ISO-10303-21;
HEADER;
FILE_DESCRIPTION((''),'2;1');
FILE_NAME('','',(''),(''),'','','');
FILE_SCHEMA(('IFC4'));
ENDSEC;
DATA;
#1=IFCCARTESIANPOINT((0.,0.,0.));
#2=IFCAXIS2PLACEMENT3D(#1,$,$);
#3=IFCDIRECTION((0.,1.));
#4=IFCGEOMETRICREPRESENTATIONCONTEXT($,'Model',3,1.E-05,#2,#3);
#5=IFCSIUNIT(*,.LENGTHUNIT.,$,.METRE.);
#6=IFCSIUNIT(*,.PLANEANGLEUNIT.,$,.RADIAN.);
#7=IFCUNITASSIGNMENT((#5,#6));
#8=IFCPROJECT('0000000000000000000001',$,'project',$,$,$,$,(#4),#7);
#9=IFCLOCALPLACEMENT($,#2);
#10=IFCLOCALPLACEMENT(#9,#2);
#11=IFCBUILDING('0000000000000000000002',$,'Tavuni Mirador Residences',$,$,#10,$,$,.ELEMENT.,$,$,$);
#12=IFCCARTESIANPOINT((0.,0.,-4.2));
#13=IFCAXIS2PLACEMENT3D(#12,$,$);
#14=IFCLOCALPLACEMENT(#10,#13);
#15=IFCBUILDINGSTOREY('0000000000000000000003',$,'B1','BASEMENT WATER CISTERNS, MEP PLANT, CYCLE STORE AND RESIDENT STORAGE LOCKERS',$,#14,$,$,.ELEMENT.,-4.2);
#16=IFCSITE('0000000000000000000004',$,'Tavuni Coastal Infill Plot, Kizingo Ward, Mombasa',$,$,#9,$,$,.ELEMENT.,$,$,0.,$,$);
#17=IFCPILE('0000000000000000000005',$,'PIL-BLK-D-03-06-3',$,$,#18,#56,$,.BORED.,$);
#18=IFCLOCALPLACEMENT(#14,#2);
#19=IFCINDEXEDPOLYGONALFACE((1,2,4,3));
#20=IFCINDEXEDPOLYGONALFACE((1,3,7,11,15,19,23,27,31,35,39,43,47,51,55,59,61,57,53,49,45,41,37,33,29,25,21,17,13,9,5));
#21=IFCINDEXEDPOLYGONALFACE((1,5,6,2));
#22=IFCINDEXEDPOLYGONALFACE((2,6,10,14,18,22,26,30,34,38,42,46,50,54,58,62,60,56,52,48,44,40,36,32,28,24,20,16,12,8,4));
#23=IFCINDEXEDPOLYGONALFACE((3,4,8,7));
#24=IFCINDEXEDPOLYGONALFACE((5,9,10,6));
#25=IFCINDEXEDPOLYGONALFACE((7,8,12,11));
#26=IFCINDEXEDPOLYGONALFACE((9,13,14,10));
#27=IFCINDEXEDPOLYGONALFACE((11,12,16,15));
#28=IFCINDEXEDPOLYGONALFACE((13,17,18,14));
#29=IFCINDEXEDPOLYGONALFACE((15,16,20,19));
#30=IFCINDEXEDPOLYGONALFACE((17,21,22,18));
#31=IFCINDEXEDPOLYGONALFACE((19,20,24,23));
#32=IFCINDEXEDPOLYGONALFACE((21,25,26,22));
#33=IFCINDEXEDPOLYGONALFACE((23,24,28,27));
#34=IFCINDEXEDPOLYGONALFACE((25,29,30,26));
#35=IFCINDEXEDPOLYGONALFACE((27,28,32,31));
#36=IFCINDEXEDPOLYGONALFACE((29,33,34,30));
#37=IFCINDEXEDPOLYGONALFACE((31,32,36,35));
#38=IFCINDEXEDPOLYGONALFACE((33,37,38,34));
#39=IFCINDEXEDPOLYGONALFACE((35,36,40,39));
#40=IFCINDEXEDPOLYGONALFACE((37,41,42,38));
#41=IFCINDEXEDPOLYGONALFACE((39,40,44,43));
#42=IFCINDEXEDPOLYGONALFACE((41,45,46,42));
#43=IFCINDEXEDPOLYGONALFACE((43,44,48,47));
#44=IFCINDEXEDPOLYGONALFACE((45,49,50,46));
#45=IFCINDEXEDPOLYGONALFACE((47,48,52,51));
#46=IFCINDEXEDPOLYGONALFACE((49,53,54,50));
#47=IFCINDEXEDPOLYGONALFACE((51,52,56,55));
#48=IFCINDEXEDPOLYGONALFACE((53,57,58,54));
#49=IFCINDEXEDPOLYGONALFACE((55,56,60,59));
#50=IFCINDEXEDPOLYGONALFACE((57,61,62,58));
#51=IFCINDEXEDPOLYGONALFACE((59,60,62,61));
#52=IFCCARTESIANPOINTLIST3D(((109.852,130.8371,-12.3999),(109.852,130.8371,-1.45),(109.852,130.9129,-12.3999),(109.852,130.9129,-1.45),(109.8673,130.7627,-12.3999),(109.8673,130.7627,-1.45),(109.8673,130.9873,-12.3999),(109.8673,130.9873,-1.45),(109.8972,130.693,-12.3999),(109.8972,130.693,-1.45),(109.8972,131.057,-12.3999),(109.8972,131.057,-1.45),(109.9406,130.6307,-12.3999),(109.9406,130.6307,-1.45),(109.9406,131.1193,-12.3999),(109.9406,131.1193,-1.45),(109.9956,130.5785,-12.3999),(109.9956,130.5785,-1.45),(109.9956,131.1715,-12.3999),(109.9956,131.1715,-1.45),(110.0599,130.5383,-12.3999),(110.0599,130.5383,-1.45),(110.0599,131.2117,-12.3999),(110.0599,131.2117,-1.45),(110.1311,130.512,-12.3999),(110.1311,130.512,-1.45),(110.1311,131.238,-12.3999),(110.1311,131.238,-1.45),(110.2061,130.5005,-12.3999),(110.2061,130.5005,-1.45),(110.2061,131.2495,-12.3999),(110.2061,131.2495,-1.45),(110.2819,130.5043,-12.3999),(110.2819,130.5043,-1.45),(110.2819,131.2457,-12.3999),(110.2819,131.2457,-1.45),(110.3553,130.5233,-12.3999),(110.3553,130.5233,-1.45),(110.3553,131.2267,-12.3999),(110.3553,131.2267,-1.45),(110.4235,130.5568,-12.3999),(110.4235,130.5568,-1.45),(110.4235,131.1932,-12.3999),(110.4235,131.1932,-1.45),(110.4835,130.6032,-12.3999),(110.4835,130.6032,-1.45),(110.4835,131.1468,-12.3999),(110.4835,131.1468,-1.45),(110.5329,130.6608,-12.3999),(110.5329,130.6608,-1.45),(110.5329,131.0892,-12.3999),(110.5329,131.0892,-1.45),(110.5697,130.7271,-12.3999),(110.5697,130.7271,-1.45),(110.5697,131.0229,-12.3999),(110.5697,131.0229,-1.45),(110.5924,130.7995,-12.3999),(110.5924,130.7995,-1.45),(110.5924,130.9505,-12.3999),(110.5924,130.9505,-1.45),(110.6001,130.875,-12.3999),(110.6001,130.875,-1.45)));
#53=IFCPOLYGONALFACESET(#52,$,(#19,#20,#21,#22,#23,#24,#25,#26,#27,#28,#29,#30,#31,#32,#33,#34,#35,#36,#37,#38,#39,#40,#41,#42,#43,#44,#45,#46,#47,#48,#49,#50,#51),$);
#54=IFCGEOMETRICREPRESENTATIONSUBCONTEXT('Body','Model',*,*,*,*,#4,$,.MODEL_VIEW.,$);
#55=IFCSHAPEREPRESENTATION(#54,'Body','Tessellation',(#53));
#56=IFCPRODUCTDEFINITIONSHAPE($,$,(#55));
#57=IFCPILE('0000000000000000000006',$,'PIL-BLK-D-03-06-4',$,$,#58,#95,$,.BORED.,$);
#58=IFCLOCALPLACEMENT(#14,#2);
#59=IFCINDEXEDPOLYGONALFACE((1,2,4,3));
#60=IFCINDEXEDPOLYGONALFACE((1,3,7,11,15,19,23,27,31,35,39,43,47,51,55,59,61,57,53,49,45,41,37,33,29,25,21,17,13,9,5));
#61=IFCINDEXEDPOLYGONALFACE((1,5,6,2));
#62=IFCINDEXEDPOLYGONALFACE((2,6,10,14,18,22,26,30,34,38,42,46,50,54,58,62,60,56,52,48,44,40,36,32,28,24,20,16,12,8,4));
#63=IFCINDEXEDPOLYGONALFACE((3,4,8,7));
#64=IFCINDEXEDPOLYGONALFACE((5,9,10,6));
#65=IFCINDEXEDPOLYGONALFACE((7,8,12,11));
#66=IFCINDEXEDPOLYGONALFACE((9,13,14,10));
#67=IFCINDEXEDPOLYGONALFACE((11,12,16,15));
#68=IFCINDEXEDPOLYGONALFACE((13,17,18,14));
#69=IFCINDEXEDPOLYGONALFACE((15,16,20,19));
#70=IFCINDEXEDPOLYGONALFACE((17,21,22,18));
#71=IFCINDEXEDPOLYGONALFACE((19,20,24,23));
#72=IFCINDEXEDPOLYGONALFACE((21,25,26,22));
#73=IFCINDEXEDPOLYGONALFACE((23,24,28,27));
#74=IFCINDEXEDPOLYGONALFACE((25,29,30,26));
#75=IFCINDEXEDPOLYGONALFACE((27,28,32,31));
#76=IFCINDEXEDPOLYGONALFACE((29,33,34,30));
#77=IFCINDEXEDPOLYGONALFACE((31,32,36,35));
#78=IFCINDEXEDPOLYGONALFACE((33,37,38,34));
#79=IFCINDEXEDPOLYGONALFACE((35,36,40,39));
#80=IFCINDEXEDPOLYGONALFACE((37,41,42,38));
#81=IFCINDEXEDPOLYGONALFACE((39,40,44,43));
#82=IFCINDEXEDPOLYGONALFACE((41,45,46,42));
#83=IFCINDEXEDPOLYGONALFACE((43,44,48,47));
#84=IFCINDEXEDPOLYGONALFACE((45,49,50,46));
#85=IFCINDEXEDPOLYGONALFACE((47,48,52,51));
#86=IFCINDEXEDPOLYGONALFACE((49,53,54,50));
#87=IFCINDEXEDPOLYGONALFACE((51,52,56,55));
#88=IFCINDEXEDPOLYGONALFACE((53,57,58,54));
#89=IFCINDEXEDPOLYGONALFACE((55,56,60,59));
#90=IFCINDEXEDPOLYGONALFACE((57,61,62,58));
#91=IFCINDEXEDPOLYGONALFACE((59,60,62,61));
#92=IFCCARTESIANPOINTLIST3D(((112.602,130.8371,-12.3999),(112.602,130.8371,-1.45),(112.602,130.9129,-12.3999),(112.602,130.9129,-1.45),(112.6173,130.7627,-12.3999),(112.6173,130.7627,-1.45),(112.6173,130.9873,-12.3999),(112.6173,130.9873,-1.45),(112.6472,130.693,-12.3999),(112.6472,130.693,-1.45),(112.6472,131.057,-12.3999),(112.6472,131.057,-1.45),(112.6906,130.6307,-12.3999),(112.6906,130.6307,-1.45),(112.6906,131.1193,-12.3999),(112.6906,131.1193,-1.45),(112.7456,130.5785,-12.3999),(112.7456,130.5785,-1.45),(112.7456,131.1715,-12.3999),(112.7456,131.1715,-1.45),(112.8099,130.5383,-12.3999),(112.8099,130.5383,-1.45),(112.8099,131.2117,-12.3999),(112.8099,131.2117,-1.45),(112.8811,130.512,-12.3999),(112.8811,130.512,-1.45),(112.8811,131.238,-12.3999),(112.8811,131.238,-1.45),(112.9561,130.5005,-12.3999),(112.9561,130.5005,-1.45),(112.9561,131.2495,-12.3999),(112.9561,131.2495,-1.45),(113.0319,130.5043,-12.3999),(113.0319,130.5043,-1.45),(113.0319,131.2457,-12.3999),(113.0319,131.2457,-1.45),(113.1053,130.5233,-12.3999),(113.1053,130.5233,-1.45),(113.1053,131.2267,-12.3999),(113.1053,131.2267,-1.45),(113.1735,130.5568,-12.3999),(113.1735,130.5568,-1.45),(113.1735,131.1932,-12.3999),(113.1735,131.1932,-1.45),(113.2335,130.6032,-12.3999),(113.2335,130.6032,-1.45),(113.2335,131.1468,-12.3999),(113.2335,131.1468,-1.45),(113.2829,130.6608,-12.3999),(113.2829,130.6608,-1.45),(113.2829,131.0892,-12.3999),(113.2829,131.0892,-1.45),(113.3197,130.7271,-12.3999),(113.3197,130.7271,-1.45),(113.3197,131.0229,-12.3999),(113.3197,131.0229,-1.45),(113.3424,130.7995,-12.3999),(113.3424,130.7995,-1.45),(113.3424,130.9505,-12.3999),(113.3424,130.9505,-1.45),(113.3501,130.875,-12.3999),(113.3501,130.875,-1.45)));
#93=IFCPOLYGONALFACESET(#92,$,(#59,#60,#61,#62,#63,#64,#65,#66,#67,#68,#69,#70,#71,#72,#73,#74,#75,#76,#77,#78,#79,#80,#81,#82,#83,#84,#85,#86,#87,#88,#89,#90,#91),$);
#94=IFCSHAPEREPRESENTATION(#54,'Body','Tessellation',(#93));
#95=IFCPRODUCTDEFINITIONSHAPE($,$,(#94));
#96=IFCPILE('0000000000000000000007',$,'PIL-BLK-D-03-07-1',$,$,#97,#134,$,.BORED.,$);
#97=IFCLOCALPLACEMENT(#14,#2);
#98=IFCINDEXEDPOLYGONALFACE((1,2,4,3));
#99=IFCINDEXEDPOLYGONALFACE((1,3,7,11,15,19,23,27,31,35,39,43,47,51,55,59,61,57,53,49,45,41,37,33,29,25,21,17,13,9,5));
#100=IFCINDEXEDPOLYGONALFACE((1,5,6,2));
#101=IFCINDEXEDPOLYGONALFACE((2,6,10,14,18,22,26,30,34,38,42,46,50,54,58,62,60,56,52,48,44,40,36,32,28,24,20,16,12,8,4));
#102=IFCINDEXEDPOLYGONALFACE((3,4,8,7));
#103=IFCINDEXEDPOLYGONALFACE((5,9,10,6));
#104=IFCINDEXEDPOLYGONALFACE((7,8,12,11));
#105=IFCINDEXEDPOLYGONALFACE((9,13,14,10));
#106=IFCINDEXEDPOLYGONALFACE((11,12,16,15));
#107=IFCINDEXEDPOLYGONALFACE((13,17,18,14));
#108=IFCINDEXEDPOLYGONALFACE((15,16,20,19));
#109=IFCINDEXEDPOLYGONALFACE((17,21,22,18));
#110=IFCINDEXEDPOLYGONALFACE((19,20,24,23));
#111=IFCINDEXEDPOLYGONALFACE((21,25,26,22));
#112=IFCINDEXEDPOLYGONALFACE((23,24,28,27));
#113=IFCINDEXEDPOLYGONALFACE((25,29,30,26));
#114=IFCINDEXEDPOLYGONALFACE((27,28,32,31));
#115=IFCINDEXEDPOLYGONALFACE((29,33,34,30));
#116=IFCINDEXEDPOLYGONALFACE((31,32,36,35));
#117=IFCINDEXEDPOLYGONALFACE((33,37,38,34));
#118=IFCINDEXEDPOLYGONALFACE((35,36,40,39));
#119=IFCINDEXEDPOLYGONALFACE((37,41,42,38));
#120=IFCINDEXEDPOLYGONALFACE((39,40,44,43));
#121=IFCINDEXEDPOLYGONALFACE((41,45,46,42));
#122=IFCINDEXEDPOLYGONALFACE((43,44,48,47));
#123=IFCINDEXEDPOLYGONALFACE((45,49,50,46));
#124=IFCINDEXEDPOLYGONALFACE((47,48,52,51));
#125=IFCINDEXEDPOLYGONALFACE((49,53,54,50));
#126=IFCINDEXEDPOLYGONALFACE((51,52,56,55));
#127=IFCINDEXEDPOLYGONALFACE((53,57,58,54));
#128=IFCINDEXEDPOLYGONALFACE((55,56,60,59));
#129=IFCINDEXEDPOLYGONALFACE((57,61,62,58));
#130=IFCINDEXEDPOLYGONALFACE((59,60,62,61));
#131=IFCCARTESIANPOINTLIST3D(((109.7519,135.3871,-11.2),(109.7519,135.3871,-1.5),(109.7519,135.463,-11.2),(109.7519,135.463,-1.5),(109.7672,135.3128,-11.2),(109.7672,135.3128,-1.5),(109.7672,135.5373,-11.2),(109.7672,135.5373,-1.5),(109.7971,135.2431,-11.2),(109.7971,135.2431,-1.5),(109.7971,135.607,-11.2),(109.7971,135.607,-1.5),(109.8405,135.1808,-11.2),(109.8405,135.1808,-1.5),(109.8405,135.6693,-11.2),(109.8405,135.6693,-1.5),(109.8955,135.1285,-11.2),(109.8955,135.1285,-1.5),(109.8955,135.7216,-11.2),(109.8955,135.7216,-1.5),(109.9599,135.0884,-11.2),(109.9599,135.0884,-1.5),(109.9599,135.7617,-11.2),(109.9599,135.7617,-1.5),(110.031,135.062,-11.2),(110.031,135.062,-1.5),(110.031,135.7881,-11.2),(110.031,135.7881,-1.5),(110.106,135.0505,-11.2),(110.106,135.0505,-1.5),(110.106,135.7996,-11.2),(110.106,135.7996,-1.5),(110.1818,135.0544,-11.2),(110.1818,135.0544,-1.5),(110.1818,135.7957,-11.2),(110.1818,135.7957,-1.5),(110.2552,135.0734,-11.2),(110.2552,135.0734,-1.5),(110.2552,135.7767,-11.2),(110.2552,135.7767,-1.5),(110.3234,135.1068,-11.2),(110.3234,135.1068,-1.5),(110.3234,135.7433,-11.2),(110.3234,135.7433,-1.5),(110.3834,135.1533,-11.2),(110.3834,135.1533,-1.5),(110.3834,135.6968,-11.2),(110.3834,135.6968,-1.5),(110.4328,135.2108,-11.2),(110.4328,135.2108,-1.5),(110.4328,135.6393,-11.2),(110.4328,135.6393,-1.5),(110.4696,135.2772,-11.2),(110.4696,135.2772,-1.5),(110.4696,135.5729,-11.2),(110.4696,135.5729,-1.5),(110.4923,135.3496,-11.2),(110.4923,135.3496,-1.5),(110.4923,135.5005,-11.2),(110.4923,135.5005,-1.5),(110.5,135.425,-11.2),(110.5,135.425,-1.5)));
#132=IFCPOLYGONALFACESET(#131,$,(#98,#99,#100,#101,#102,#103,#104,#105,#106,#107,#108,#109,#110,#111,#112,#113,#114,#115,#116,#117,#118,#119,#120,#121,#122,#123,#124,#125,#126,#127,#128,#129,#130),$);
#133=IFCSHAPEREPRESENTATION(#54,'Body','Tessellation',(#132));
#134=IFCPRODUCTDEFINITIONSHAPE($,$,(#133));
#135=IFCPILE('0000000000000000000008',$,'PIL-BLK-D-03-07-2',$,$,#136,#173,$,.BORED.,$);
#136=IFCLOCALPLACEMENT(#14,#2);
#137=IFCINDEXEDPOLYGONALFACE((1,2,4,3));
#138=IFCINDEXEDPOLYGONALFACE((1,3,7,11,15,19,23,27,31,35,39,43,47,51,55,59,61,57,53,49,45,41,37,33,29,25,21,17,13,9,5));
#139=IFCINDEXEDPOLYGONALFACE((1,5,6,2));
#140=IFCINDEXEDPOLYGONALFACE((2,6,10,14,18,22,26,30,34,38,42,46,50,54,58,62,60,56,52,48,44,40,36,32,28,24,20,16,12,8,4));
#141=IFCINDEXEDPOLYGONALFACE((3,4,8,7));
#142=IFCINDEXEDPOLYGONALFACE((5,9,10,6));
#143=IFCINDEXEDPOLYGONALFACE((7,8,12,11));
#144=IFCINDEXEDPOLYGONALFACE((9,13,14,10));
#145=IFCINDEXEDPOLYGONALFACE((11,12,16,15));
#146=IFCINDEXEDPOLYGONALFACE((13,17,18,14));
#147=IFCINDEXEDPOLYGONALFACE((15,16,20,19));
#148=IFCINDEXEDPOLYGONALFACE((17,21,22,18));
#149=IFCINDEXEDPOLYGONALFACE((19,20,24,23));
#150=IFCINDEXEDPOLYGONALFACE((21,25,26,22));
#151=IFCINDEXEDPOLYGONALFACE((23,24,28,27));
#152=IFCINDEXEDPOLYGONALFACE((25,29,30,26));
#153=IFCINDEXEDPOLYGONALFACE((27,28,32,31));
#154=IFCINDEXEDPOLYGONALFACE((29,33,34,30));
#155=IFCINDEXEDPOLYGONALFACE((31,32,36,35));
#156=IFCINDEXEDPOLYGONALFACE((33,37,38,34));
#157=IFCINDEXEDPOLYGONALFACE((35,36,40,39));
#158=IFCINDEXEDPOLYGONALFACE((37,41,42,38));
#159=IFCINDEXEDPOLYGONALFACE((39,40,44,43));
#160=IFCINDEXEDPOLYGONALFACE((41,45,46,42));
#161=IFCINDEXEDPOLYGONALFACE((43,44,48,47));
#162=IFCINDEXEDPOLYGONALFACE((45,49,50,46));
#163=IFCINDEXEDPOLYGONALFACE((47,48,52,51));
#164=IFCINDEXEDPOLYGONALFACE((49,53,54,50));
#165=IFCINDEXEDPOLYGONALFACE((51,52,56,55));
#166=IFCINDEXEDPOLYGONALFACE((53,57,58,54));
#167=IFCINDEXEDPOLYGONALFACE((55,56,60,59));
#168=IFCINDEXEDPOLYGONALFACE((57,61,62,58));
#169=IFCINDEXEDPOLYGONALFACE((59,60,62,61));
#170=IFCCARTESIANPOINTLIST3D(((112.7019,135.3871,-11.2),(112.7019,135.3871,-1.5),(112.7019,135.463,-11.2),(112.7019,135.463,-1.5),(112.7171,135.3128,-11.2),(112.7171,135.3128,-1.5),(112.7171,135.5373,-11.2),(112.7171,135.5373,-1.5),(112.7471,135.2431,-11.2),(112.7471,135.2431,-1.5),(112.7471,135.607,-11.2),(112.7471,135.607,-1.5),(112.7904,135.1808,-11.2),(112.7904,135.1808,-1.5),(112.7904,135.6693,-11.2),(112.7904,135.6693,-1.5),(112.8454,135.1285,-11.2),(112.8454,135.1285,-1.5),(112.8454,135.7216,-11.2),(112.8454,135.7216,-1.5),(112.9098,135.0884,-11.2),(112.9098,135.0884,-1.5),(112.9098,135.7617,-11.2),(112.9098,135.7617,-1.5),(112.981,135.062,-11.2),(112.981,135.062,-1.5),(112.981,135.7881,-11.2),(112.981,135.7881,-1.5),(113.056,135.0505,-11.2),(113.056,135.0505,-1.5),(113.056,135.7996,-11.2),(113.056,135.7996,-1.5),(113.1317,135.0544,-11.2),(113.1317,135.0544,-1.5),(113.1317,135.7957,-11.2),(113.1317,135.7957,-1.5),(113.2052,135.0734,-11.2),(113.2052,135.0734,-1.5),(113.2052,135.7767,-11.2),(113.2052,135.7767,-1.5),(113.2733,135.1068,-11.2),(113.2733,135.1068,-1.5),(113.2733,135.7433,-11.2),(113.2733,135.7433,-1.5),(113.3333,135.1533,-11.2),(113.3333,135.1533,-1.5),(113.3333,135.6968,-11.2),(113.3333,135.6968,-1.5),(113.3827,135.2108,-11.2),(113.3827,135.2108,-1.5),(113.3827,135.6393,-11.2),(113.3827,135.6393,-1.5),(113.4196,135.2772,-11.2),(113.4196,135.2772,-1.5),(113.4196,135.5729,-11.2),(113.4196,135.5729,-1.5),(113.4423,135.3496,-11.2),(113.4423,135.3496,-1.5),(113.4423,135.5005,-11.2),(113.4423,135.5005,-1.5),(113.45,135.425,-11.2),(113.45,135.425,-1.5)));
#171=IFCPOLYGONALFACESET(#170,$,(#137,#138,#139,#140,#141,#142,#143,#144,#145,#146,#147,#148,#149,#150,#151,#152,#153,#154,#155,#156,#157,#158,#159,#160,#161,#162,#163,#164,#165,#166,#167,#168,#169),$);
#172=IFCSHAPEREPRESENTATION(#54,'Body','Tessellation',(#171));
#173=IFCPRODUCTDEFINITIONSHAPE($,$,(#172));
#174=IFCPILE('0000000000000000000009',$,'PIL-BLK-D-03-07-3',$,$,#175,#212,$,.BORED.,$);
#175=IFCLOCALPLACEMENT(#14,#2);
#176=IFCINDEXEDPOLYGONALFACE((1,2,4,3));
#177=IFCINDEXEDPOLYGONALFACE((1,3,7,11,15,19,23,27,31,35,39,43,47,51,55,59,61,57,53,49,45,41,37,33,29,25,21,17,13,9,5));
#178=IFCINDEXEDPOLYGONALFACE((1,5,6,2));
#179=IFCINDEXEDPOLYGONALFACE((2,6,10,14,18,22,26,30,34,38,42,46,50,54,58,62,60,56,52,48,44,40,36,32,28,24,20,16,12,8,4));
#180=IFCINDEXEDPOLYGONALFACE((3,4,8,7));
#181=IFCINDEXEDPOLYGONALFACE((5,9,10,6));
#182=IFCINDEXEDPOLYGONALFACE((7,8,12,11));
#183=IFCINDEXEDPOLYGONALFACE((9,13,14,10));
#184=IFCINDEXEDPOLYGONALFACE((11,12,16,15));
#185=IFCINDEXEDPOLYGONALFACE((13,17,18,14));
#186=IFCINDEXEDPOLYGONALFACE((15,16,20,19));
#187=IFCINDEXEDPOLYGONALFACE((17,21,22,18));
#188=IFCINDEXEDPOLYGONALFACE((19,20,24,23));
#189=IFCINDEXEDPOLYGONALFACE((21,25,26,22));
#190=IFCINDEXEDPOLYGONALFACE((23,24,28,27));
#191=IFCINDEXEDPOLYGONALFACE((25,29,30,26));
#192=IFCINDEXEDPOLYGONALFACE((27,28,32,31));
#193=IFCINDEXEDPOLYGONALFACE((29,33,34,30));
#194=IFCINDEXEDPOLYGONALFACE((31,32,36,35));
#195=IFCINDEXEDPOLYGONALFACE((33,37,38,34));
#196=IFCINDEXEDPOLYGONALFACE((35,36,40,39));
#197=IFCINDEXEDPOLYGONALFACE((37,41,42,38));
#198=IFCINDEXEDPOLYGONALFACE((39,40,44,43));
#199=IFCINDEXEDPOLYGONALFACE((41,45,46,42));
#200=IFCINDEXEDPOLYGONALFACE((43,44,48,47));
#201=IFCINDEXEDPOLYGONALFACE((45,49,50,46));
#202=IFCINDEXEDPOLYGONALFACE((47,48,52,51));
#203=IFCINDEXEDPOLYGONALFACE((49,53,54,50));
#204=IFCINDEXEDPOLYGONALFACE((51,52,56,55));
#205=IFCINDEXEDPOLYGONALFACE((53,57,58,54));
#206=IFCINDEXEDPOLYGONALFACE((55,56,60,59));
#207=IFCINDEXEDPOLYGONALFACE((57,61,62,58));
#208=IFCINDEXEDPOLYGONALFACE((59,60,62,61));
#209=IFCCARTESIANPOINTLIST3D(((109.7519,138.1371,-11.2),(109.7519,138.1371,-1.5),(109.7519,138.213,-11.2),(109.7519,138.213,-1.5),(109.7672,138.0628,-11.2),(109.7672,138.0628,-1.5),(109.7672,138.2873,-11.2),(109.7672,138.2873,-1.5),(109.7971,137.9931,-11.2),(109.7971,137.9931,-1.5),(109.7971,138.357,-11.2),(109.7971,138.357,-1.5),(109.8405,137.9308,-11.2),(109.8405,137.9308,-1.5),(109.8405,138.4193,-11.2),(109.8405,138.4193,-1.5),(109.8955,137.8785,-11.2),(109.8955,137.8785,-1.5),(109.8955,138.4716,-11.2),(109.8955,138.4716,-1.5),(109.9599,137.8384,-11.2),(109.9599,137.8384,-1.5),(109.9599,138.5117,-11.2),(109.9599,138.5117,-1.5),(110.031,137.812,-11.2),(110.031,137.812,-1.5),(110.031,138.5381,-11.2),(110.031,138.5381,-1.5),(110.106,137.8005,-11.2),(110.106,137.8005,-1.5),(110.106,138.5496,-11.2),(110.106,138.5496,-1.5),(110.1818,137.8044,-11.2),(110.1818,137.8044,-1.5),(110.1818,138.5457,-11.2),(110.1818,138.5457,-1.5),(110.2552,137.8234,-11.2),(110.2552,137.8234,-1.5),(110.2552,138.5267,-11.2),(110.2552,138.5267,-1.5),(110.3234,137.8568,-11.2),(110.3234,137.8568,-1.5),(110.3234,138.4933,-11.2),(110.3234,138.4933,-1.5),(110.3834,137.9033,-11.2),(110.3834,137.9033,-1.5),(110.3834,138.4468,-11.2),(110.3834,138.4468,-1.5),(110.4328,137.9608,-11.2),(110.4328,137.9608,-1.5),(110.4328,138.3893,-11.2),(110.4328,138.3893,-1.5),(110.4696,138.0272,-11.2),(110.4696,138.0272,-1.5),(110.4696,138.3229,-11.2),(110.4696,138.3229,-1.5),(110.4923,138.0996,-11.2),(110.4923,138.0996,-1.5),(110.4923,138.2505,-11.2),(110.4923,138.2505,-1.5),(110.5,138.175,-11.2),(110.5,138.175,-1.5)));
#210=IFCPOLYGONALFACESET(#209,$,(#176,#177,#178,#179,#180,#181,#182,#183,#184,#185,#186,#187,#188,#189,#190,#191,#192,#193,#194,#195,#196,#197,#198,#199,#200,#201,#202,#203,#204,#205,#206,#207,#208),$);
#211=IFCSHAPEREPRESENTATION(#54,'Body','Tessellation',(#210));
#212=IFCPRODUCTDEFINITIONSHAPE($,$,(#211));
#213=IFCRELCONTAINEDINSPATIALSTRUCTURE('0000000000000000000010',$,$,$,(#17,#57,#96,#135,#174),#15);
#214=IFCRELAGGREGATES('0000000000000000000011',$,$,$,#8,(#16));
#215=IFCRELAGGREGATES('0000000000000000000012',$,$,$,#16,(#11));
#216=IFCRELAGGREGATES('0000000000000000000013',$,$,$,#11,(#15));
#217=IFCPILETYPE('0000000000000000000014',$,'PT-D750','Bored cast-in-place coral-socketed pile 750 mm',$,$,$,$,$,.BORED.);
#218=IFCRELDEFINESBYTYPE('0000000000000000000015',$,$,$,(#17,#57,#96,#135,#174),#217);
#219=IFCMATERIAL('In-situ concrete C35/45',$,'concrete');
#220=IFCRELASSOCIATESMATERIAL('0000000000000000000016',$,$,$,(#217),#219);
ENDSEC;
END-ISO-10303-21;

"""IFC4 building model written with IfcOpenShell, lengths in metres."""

from ifc_helpers import new_model, si_unit, direction, frame, origin, origin_2d, place, context, subcontext, project, spatial, circle, extrude, material, material_profile, profile_set, type_object, element, save


model = new_model("IFC4")

# Units and contexts
model_context = context("Model", 3, precision=1e-05, world=origin(), true_north=direction((0.0, 1.0)))
body_context = subcontext(model_context, "Body", "Model", "MODEL_VIEW")
ifc_project = project(units=[si_unit("LENGTHUNIT", "METRE"), si_unit("PLANEANGLEUNIT", "RADIAN")], contexts=[model_context])

# Site, building, storey
site_placement = place(None, origin())
site = spatial("IfcSite", under=ifc_project, at=site_placement, Name="Tavuni Coastal Infill Plot, Kizingo Ward, Mombasa", CompositionType="ELEMENT", RefElevation=0.0)
building_placement = place(site_placement, origin())
building = spatial("IfcBuilding", under=site, at=building_placement, Name="Tavuni Mirador Residences", CompositionType="ELEMENT")
storey_placement = place(building_placement, frame((0.0, 0.0, -4.2)))
storey = spatial("IfcBuildingStorey", under=building, at=storey_placement, Name="B1", Description="BASEMENT WATER CISTERNS, MEP PLANT, CYCLE STORE AND RESIDENT STORAGE LOCKERS", CompositionType="ELEMENT", Elevation=-4.2)

# Shared definitions
ifc_material_1 = material(Name="In-situ concrete C35/45", Category="concrete")

# Piles
ifc_material_profile_1 = material_profile(ifc_material_1, circle(Radius=0.375, at=origin_2d()), Name="PILE D750", Category="concrete")
ifc_profile_set_1 = profile_set([ifc_material_profile_1], Name="In-situ concrete C35/45")
pile_type_1 = type_object("IfcPileType", Name="PT-D750", Description="Bored cast-in-place coral-socketed pile 750 mm", PredefinedType="BORED", material=ifc_profile_set_1)
for number, where, z_axis, x_axis, name in (
    (1, (110.2251, 130.875, -1.45), (0.0, 0.0, -1.0), (1.0, 0.0, 0.0), "PIL-BLK-D-03-06-3"),
    (2, (112.9751, 130.875, -1.45), (0.0, 0.0, -1.0), (1.0, 0.0, 0.0), "PIL-BLK-D-03-06-4"),
):
    element("IfcPile", number, at=place(storey_placement, frame(where, z_axis=z_axis, x_axis=x_axis)), inside=storey, type_object=pile_type_1, Name=name, PredefinedType="BORED", context=body_context, shape_type="SweptSolid", body=[
        extrude(circle(Radius=0.375, at=origin_2d()), origin(), (0.0, 0.0, 1.0), 10.95),
    ])
for number, where, z_axis, x_axis, name in (
    (3, (110.125, 135.425, -1.5), (0.0, 0.0, -1.0), (1.0, 0.0, 0.0), "PIL-BLK-D-03-07-1"),
    (4, (113.075, 135.425, -1.5), (0.0, 0.0, -1.0), (1.0, 0.0, 0.0), "PIL-BLK-D-03-07-2"),
    (5, (110.125, 138.175, -1.5), (0.0, 0.0, -1.0), (1.0, 0.0, 0.0), "PIL-BLK-D-03-07-3"),
):
    element("IfcPile", number, at=place(storey_placement, frame(where, z_axis=z_axis, x_axis=x_axis)), inside=storey, type_object=pile_type_1, Name=name, PredefinedType="BORED", context=body_context, shape_type="SweptSolid", body=[
        extrude(circle(Radius=0.375, at=origin_2d()), origin(), (0.0, 0.0, 1.0), 9.7),
    ])

save(model, "model.ifc")
